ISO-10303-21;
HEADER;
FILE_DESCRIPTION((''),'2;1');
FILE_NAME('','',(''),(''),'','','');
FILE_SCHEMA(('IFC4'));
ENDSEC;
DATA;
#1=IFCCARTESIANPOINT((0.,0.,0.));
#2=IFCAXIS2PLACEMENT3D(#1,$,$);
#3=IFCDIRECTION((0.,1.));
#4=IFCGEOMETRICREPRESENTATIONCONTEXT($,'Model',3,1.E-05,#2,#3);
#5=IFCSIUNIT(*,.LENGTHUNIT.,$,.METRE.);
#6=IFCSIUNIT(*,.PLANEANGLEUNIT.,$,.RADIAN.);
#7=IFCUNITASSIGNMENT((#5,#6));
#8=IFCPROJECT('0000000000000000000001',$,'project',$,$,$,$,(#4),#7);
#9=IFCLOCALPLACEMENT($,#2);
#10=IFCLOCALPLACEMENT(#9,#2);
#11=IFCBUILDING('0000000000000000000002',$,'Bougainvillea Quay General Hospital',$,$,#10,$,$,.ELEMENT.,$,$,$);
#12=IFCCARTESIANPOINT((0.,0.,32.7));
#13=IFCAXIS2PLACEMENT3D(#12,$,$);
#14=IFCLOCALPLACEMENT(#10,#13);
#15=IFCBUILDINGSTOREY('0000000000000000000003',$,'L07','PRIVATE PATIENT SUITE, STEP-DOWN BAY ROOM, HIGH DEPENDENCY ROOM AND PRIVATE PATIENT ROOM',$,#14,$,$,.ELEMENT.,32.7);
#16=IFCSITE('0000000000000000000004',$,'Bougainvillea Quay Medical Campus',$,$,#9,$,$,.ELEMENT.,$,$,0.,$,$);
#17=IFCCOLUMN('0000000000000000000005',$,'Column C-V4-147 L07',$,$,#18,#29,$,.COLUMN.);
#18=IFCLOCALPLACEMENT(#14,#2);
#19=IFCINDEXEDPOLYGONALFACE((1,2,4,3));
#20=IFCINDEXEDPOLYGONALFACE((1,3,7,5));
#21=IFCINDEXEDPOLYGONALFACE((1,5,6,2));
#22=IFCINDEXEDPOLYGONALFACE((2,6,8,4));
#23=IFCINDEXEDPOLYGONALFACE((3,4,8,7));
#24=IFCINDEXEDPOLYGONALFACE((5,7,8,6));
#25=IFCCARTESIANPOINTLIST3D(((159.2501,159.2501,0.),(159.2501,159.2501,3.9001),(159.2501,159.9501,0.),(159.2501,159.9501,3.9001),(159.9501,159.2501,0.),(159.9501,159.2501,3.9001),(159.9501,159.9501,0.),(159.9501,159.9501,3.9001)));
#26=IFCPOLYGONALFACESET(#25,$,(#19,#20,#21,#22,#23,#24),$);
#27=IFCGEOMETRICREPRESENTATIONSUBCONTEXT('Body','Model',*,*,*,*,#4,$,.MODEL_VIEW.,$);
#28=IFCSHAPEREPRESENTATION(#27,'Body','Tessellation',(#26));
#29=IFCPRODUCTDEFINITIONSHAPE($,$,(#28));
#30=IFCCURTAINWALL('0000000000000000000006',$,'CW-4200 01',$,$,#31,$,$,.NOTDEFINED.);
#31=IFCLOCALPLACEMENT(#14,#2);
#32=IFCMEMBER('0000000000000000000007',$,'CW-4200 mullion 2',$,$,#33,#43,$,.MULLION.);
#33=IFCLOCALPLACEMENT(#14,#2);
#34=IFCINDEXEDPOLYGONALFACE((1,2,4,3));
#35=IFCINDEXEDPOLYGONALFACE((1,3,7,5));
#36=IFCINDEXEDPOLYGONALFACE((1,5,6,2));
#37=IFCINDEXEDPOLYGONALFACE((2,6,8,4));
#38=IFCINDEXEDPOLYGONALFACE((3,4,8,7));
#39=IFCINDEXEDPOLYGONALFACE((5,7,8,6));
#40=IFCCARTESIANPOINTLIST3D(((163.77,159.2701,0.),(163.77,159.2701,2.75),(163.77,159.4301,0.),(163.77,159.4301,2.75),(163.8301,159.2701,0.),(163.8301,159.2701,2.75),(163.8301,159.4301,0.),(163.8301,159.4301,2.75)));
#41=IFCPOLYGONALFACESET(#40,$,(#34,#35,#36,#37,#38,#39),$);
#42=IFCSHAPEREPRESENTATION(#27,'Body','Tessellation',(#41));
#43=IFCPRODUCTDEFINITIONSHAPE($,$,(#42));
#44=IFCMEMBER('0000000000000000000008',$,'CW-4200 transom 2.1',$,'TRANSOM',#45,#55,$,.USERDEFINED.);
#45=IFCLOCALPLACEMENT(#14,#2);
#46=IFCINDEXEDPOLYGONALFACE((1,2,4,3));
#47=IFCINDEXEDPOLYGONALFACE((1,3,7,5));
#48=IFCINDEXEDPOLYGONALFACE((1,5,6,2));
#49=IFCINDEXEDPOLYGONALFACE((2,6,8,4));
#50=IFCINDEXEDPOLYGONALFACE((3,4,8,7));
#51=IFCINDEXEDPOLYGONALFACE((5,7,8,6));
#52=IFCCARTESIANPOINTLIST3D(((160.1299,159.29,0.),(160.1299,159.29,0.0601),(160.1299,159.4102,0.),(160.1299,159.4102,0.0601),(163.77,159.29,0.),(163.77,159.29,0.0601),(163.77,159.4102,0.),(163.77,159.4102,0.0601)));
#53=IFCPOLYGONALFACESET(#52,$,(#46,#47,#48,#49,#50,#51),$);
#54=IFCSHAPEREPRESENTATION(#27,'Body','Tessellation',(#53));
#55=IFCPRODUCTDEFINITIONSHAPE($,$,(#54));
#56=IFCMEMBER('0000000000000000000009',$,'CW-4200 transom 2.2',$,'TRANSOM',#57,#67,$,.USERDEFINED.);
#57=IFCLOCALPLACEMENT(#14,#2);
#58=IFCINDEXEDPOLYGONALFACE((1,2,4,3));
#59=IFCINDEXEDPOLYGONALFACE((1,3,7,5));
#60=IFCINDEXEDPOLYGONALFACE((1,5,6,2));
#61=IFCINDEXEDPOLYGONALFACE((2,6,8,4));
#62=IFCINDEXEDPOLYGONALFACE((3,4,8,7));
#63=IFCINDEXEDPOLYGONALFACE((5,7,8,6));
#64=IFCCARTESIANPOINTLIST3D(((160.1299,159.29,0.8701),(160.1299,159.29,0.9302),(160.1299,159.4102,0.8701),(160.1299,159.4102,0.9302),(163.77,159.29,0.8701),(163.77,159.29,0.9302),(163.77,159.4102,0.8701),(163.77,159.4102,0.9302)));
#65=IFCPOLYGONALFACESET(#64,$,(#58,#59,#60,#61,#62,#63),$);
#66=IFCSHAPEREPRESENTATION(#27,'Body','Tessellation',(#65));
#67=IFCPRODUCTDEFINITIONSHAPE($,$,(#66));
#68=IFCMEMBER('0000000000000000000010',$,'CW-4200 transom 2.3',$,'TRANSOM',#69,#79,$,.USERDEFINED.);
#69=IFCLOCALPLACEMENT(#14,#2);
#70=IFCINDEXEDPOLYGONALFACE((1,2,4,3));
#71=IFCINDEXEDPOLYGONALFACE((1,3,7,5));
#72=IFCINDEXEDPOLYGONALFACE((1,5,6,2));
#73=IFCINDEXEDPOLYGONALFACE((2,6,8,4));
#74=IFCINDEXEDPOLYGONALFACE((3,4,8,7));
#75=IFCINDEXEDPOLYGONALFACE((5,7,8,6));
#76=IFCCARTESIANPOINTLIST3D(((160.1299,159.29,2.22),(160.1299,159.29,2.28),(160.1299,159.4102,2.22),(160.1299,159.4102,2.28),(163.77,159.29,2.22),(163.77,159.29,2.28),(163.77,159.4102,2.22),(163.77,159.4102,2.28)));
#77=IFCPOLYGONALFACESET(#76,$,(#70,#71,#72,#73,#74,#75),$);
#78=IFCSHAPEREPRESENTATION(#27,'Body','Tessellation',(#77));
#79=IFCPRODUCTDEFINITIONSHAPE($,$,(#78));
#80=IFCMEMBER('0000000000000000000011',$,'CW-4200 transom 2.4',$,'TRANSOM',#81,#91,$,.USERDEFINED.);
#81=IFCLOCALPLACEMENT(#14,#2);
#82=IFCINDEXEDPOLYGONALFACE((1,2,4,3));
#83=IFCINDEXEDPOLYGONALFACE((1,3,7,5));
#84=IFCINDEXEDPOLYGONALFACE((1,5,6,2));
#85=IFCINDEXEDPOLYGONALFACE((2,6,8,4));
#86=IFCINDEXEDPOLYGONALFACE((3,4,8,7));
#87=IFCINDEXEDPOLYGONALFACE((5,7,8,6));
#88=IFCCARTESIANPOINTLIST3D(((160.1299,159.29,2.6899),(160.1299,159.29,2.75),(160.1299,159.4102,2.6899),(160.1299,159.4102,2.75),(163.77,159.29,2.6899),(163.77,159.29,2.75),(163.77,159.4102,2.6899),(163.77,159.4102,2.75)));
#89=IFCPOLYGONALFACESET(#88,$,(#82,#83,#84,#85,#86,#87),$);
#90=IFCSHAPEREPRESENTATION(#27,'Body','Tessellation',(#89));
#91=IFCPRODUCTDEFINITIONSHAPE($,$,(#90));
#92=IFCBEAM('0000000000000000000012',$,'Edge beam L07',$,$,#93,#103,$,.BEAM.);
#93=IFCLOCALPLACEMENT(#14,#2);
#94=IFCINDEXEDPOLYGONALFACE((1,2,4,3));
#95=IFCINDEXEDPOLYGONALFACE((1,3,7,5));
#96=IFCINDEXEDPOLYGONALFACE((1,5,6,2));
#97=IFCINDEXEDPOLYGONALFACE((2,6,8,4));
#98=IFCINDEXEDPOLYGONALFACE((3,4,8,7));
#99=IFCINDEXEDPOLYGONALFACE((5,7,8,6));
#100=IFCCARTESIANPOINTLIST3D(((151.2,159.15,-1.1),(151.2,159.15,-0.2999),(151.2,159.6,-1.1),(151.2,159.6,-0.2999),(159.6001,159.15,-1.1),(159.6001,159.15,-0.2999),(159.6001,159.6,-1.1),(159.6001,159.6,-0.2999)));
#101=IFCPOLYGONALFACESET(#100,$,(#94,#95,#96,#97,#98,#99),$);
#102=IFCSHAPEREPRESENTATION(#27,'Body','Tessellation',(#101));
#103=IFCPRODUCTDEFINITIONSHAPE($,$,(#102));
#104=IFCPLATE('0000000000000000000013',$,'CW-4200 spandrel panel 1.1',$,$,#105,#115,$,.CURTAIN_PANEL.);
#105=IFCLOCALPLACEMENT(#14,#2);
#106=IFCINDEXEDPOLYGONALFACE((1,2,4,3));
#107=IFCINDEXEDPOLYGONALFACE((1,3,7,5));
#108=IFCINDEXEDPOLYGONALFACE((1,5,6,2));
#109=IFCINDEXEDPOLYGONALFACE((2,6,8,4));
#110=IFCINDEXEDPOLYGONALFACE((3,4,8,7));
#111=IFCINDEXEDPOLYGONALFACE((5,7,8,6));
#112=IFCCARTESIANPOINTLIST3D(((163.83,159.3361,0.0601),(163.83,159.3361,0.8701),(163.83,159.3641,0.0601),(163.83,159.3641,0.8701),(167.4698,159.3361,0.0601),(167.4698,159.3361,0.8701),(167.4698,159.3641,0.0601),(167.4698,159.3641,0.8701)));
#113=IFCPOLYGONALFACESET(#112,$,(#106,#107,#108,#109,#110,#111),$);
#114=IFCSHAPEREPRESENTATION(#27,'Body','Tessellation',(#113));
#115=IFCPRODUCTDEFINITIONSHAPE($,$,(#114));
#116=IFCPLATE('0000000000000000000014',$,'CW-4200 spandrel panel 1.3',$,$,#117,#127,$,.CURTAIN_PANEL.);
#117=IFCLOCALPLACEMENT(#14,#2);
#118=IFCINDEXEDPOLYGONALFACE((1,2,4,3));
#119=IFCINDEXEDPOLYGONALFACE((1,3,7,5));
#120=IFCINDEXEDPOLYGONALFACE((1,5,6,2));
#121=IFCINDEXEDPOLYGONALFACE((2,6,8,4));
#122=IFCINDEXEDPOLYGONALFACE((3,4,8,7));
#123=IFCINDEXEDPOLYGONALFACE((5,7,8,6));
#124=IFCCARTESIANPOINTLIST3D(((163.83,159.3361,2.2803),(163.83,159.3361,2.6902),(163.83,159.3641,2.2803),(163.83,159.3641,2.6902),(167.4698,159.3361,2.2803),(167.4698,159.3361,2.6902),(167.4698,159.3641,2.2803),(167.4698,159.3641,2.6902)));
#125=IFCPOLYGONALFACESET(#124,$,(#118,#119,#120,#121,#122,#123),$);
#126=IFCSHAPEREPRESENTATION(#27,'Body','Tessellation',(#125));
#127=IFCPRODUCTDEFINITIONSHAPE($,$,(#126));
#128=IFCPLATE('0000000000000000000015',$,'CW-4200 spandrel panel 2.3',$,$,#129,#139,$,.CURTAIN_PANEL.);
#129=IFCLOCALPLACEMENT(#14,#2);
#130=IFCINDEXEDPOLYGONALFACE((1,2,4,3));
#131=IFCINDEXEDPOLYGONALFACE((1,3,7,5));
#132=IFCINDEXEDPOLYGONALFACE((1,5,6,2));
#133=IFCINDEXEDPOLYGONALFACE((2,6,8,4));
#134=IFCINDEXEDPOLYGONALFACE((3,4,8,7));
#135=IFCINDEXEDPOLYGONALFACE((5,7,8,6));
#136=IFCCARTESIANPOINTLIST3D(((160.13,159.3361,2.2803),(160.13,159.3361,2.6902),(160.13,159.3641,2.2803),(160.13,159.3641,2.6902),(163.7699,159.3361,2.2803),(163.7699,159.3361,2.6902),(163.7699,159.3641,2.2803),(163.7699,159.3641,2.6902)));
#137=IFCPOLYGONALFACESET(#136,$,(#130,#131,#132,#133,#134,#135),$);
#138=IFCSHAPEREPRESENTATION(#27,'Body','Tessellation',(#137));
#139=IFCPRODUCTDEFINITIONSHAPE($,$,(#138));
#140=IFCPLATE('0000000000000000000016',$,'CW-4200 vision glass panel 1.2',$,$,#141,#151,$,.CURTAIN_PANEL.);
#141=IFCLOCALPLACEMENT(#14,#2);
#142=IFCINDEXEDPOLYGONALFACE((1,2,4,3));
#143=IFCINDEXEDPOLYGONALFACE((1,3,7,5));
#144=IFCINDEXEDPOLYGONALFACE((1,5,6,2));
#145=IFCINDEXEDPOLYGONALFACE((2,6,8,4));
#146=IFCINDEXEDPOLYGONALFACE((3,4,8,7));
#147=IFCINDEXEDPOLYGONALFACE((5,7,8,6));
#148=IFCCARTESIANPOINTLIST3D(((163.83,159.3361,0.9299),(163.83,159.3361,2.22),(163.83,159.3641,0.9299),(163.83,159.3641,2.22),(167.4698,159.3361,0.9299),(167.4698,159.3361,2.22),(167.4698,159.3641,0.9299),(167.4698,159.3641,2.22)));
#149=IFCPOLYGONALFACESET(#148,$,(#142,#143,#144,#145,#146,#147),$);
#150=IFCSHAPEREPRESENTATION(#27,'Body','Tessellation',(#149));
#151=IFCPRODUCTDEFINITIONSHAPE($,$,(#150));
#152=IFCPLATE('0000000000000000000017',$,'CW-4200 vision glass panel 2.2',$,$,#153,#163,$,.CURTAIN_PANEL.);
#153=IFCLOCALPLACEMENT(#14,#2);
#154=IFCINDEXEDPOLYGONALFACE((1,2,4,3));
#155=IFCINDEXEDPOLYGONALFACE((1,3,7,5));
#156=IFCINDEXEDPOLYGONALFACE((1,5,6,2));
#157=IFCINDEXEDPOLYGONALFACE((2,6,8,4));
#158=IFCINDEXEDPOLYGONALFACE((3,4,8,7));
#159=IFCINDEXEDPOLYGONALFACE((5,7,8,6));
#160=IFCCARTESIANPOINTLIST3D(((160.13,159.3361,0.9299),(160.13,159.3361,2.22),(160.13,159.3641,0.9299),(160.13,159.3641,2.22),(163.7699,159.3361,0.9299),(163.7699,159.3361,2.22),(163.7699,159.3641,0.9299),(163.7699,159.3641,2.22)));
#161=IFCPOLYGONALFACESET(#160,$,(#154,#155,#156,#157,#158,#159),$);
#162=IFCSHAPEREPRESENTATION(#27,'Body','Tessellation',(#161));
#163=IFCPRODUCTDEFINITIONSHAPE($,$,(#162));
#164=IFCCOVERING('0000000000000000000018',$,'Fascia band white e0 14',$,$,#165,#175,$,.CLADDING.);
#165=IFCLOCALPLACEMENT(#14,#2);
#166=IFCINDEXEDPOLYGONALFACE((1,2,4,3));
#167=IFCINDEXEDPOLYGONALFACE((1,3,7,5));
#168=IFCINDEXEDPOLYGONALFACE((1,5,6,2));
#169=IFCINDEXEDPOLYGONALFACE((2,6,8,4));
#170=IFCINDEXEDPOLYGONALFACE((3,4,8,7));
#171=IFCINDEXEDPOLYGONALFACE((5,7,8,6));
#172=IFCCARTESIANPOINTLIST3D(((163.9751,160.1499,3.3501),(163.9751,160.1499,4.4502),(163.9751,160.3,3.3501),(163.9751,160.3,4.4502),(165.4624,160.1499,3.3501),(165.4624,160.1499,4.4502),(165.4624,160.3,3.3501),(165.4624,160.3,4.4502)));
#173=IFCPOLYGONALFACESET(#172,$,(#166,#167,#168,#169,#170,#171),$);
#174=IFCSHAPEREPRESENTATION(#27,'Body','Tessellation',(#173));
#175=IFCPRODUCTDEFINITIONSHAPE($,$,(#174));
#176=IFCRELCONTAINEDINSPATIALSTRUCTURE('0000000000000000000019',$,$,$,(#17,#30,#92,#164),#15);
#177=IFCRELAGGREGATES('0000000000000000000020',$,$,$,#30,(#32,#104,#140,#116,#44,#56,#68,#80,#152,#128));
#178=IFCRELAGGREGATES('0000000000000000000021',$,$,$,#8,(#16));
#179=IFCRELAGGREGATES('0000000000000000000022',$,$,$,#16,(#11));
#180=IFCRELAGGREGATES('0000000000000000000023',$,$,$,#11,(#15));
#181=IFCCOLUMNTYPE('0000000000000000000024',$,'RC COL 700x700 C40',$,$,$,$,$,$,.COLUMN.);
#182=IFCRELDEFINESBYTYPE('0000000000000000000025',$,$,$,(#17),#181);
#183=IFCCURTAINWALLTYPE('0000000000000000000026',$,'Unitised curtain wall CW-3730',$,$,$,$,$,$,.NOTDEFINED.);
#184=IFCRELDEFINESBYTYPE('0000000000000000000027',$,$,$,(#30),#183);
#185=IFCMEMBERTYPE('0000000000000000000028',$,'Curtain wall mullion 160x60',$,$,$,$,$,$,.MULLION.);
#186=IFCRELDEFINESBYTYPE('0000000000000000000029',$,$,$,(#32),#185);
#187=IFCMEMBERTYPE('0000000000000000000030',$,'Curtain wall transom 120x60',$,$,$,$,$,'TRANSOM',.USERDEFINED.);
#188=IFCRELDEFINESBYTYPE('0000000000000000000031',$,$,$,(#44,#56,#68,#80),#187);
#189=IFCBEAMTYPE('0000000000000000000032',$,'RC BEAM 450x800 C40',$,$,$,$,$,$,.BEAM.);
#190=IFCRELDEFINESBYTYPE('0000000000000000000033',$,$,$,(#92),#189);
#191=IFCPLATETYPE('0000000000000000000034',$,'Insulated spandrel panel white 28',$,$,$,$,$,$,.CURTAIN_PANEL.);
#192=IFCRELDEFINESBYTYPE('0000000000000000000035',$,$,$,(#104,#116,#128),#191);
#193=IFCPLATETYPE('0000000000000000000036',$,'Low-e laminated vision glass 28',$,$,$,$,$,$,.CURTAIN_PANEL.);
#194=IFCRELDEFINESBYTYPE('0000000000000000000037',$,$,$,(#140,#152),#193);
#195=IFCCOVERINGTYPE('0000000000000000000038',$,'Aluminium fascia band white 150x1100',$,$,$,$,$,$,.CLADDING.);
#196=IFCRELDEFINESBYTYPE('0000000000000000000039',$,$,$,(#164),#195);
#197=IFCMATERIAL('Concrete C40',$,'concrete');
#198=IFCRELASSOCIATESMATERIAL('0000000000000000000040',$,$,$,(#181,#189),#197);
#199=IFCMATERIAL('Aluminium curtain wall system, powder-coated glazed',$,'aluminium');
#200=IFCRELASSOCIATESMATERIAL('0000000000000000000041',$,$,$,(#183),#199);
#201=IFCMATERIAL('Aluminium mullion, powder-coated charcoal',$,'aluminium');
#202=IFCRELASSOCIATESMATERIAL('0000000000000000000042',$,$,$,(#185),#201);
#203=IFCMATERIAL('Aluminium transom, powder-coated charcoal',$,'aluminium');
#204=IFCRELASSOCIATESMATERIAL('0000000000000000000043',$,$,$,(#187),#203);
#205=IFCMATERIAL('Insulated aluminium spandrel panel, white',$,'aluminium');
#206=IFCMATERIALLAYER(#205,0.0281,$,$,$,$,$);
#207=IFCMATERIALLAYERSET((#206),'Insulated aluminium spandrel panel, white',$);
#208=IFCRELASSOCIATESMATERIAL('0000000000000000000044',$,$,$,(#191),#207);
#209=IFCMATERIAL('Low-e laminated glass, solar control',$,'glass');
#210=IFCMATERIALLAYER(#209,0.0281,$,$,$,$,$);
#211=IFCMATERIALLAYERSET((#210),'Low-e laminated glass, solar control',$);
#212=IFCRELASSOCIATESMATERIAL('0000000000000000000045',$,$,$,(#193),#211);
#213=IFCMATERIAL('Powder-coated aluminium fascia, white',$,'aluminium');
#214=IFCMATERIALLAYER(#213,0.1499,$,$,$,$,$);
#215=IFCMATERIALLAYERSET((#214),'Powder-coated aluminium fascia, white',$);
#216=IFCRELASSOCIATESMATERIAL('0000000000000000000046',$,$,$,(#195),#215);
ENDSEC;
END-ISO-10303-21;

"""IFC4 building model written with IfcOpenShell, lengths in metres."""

from ifc_helpers import new_model, si_unit, direction, frame, origin, origin_2d, place, context, subcontext, project, spatial, polyline, rectangle, outline, extrude, material, layer, layer_set, material_profile, profile_set, type_object, element, aggregate, save


model = new_model("IFC4")

# Units and contexts
model_context = context("Model", 3, precision=1e-05, world=origin(), true_north=direction((0.0, 1.0)))
body_context = subcontext(model_context, "Body", "Model", "MODEL_VIEW")
ifc_project = project(units=[si_unit("LENGTHUNIT", "METRE"), si_unit("PLANEANGLEUNIT", "RADIAN")], contexts=[model_context])

# Site, building, storey
site_placement = place(None, origin())
site = spatial("IfcSite", under=ifc_project, at=site_placement, Name="Bougainvillea Quay Medical Campus", CompositionType="ELEMENT", RefElevation=0.0)
building_placement = place(site_placement, origin())
building = spatial("IfcBuilding", under=site, at=building_placement, Name="Bougainvillea Quay General Hospital", CompositionType="ELEMENT")
storey_placement = place(building_placement, frame((0.0, 0.0, 32.7)))
storey = spatial("IfcBuildingStorey", under=building, at=storey_placement, Name="L07", Description="PRIVATE PATIENT SUITE, STEP-DOWN BAY ROOM, HIGH DEPENDENCY ROOM AND PRIVATE PATIENT ROOM", CompositionType="ELEMENT", Elevation=32.7)

# Column
ifc_material_1 = material(Name="Concrete C40", Category="concrete")
ifc_material_profile_1 = material_profile(ifc_material_1, rectangle(XDim=0.7, YDim=0.7, at=origin_2d()))
ifc_profile_set_1 = profile_set([ifc_material_profile_1], Name="Concrete C40")
column_type = type_object("IfcColumnType", Name="RC COL 700x700 C40", PredefinedType="COLUMN", material=ifc_profile_set_1)
column_placement = place(storey_placement, frame((159.6001, 159.6001, 0.0), z_axis=(0.0, 0.0, 1.0), x_axis=(1.0, 0.0, 0.0)))
element("IfcColumn", 1, at=column_placement, inside=storey, type_object=column_type, Name="Column C-V4-147 L07", PredefinedType="COLUMN", context=body_context, shape_type="SweptSolid", body=[
    extrude(rectangle(XDim=0.7, YDim=0.7, at=origin_2d()), origin(), (0.0, 0.0, 1.0), 3.9001),
])

# Curtain wall, members
ifc_material_2 = material(Name="Aluminium curtain wall system, powder-coated glazed", Category="aluminium")
curtain_wall_type = type_object("IfcCurtainWallType", Name="Unitised curtain wall CW-3730", PredefinedType="NOTDEFINED", material=ifc_material_2)
curtain_wall_placement = place(storey_placement, origin())
curtain_wall = element("IfcCurtainWall", 2, at=curtain_wall_placement, inside=storey, type_object=curtain_wall_type, Name="CW-4200 01", PredefinedType="NOTDEFINED")
ifc_material_3 = material(Name="Aluminium mullion, powder-coated charcoal", Category="aluminium")
ifc_material_profile_2 = material_profile(ifc_material_3, rectangle(XDim=0.1599, YDim=0.0601, at=origin_2d()))
ifc_profile_set_2 = profile_set([ifc_material_profile_2], Name="Aluminium mullion, powder-coated charcoal")
member_type_1 = type_object("IfcMemberType", Name="Curtain wall mullion 160x60", PredefinedType="MULLION", material=ifc_profile_set_2)
member_1_placement = place(storey_placement, frame((163.8, 159.3501, 0.0), z_axis=(0.0, 0.0, 1.0), x_axis=(0.0, -1.0, 0.0)))
member_1 = element("IfcMember", 3, at=member_1_placement, type_object=member_type_1, Name="CW-4200 mullion 2", PredefinedType="MULLION", context=body_context, shape_type="SweptSolid", body=[
    extrude(rectangle(XDim=0.1599, YDim=0.0601, at=origin_2d()), origin(), (0.0, 0.0, 1.0), 2.75),
])
ifc_material_4 = material(Name="Aluminium transom, powder-coated charcoal", Category="aluminium")
ifc_material_profile_3 = material_profile(ifc_material_4, rectangle(XDim=0.1201, YDim=0.0601, at=origin_2d()))
ifc_profile_set_3 = profile_set([ifc_material_profile_3], Name="Aluminium transom, powder-coated charcoal")
member_type_2 = type_object("IfcMemberType", Name="Curtain wall transom 120x60", ElementType="TRANSOM", PredefinedType="USERDEFINED", material=ifc_profile_set_3)
member_2_placement = place(storey_placement, frame((163.77, 159.3501, 0.03), z_axis=(-1.0, 0.0, 0.0), x_axis=(0.0, -1.0, 0.0)))
member_2 = element("IfcMember", 4, at=member_2_placement, type_object=member_type_2, Name="CW-4200 transom 2.1", ObjectType="TRANSOM", PredefinedType="USERDEFINED", context=body_context, shape_type="SweptSolid", body=[
    extrude(rectangle(XDim=0.1201, YDim=0.0601, at=origin_2d()), origin(), (0.0, 0.0, 1.0), 3.6401),
])
member_3_placement = place(storey_placement, frame((163.77, 159.3501, 0.9001), z_axis=(-1.0, 0.0, 0.0), x_axis=(0.0, -1.0, 0.0)))
member_3 = element("IfcMember", 5, at=member_3_placement, type_object=member_type_2, Name="CW-4200 transom 2.2", ObjectType="TRANSOM", PredefinedType="USERDEFINED", context=body_context, shape_type="SweptSolid", body=[
    extrude(rectangle(XDim=0.1201, YDim=0.0601, at=origin_2d()), origin(), (0.0, 0.0, 1.0), 3.6401),
])
member_4_placement = place(storey_placement, frame((163.77, 159.3501, 2.25), z_axis=(-1.0, 0.0, 0.0), x_axis=(0.0, -1.0, 0.0)))
member_4 = element("IfcMember", 6, at=member_4_placement, type_object=member_type_2, Name="CW-4200 transom 2.3", ObjectType="TRANSOM", PredefinedType="USERDEFINED", context=body_context, shape_type="SweptSolid", body=[
    extrude(rectangle(XDim=0.1201, YDim=0.0601, at=origin_2d()), origin(), (0.0, 0.0, 1.0), 3.6401),
])
member_5_placement = place(storey_placement, frame((163.77, 159.3501, 2.72), z_axis=(-1.0, 0.0, 0.0), x_axis=(0.0, -1.0, 0.0)))
member_5 = element("IfcMember", 7, at=member_5_placement, type_object=member_type_2, Name="CW-4200 transom 2.4", ObjectType="TRANSOM", PredefinedType="USERDEFINED", context=body_context, shape_type="SweptSolid", body=[
    extrude(rectangle(XDim=0.1201, YDim=0.0601, at=origin_2d()), origin(), (0.0, 0.0, 1.0), 3.6401),
])

# Beam
ifc_material_profile_4 = material_profile(ifc_material_1, rectangle(XDim=0.45, YDim=0.8, at=origin_2d()))
ifc_profile_set_4 = profile_set([ifc_material_profile_4], Name="Concrete C40")
beam_type = type_object("IfcBeamType", Name="RC BEAM 450x800 C40", PredefinedType="BEAM", material=ifc_profile_set_4)
beam_placement = place(storey_placement, frame((159.6001, 159.375, -0.7), z_axis=(-1.0, 0.0, 0.0), x_axis=(0.0, -1.0, 0.0)))
element("IfcBeam", 8, at=beam_placement, inside=storey, type_object=beam_type, Name="Edge beam L07", PredefinedType="BEAM", context=body_context, shape_type="SweptSolid", body=[
    extrude(rectangle(XDim=0.45, YDim=0.8, at=origin_2d()), origin(), (0.0, 0.0, 1.0), 8.4001),
])

# Plates
ifc_material_5 = material(Name="Insulated aluminium spandrel panel, white", Category="aluminium")
ifc_layer_1 = layer(ifc_material_5, 0.0281)
ifc_layer_set_1 = layer_set([ifc_layer_1], Name="Insulated aluminium spandrel panel, white")
plate_type_1 = type_object("IfcPlateType", Name="Insulated spandrel panel white 28", PredefinedType="CURTAIN_PANEL", material=ifc_layer_set_1)
plate_1_placement = place(storey_placement, frame((165.6499, 159.3501, 0.0601), z_axis=(0.0, 0.0, 1.0), x_axis=(-1.0, 0.0, 0.0)))
plate_1 = element("IfcPlate", 9, at=plate_1_placement, type_object=plate_type_1, Name="CW-4200 spandrel panel 1.1", PredefinedType="CURTAIN_PANEL", context=body_context, shape_type="SweptSolid", body=[
    extrude(rectangle(XDim=3.6399, YDim=0.0281, at=origin_2d()), origin(), (0.0, 0.0, 1.0), 0.8101),
])
plate_2_placement = place(storey_placement, frame((165.6499, 159.3501, 2.2803), z_axis=(0.0, 0.0, 1.0), x_axis=(-1.0, 0.0, 0.0)))
plate_2 = element("IfcPlate", 10, at=plate_2_placement, type_object=plate_type_1, Name="CW-4200 spandrel panel 1.3", PredefinedType="CURTAIN_PANEL", context=body_context, shape_type="SweptSolid", body=[
    extrude(rectangle(XDim=3.6399, YDim=0.0281, at=origin_2d()), origin(), (0.0, 0.0, 1.0), 0.4099),
])
plate_3_placement = place(storey_placement, frame((161.95, 159.3501, 2.2803), z_axis=(0.0, 0.0, 1.0), x_axis=(-1.0, 0.0, 0.0)))
plate_3 = element("IfcPlate", 11, at=plate_3_placement, type_object=plate_type_1, Name="CW-4200 spandrel panel 2.3", PredefinedType="CURTAIN_PANEL", context=body_context, shape_type="SweptSolid", body=[
    extrude(rectangle(XDim=3.6399, YDim=0.0281, at=origin_2d()), origin(), (0.0, 0.0, 1.0), 0.4099),
])
ifc_material_6 = material(Name="Low-e laminated glass, solar control", Category="glass")
ifc_layer_2 = layer(ifc_material_6, 0.0281)
ifc_layer_set_2 = layer_set([ifc_layer_2], Name="Low-e laminated glass, solar control")
plate_type_2 = type_object("IfcPlateType", Name="Low-e laminated vision glass 28", PredefinedType="CURTAIN_PANEL", material=ifc_layer_set_2)
plate_4_placement = place(storey_placement, frame((165.6499, 159.3501, 0.9299), z_axis=(0.0, 0.0, 1.0), x_axis=(-1.0, 0.0, 0.0)))
plate_4 = element("IfcPlate", 12, at=plate_4_placement, type_object=plate_type_2, Name="CW-4200 vision glass panel 1.2", PredefinedType="CURTAIN_PANEL", context=body_context, shape_type="SweptSolid", body=[
    extrude(rectangle(XDim=3.6399, YDim=0.0281, at=origin_2d()), origin(), (0.0, 0.0, 1.0), 1.29),
])
plate_5_placement = place(storey_placement, frame((161.95, 159.3501, 0.9299), z_axis=(0.0, 0.0, 1.0), x_axis=(-1.0, 0.0, 0.0)))
plate_5 = element("IfcPlate", 13, at=plate_5_placement, type_object=plate_type_2, Name="CW-4200 vision glass panel 2.2", PredefinedType="CURTAIN_PANEL", context=body_context, shape_type="SweptSolid", body=[
    extrude(rectangle(XDim=3.6399, YDim=0.0281, at=origin_2d()), origin(), (0.0, 0.0, 1.0), 1.29),
])
aggregate(curtain_wall, [member_1, plate_1, plate_4, plate_2, member_2, member_3, member_4, member_5, plate_5, plate_3])

# Covering
ifc_material_7 = material(Name="Powder-coated aluminium fascia, white", Category="aluminium")
ifc_layer_3 = layer(ifc_material_7, 0.1499)
ifc_layer_set_3 = layer_set([ifc_layer_3], Name="Powder-coated aluminium fascia, white")
covering_type = type_object("IfcCoveringType", Name="Aluminium fascia band white 150x1100", PredefinedType="CLADDING", material=ifc_layer_set_3)
covering_1_placement = place(storey_placement, frame((165.4624, 160.1499, 3.3501), z_axis=(0.0, 0.0, 1.0), x_axis=(-1.0, 0.0, 0.0)))
element("IfcCovering", 14, at=covering_1_placement, inside=storey, type_object=covering_type, Name="Fascia band white e0 14", PredefinedType="CLADDING", context=body_context, shape_type="SweptSolid", body=[
    extrude(outline(polyline([(0.0, 0.0), (1.4873, 0.0), (1.4873, -0.1501), (0.0, -0.1501), (0.0, 0.0)])), origin(), (0.0, 0.0, 1.0), 1.1001),
])

save(model, "model.ifc")
